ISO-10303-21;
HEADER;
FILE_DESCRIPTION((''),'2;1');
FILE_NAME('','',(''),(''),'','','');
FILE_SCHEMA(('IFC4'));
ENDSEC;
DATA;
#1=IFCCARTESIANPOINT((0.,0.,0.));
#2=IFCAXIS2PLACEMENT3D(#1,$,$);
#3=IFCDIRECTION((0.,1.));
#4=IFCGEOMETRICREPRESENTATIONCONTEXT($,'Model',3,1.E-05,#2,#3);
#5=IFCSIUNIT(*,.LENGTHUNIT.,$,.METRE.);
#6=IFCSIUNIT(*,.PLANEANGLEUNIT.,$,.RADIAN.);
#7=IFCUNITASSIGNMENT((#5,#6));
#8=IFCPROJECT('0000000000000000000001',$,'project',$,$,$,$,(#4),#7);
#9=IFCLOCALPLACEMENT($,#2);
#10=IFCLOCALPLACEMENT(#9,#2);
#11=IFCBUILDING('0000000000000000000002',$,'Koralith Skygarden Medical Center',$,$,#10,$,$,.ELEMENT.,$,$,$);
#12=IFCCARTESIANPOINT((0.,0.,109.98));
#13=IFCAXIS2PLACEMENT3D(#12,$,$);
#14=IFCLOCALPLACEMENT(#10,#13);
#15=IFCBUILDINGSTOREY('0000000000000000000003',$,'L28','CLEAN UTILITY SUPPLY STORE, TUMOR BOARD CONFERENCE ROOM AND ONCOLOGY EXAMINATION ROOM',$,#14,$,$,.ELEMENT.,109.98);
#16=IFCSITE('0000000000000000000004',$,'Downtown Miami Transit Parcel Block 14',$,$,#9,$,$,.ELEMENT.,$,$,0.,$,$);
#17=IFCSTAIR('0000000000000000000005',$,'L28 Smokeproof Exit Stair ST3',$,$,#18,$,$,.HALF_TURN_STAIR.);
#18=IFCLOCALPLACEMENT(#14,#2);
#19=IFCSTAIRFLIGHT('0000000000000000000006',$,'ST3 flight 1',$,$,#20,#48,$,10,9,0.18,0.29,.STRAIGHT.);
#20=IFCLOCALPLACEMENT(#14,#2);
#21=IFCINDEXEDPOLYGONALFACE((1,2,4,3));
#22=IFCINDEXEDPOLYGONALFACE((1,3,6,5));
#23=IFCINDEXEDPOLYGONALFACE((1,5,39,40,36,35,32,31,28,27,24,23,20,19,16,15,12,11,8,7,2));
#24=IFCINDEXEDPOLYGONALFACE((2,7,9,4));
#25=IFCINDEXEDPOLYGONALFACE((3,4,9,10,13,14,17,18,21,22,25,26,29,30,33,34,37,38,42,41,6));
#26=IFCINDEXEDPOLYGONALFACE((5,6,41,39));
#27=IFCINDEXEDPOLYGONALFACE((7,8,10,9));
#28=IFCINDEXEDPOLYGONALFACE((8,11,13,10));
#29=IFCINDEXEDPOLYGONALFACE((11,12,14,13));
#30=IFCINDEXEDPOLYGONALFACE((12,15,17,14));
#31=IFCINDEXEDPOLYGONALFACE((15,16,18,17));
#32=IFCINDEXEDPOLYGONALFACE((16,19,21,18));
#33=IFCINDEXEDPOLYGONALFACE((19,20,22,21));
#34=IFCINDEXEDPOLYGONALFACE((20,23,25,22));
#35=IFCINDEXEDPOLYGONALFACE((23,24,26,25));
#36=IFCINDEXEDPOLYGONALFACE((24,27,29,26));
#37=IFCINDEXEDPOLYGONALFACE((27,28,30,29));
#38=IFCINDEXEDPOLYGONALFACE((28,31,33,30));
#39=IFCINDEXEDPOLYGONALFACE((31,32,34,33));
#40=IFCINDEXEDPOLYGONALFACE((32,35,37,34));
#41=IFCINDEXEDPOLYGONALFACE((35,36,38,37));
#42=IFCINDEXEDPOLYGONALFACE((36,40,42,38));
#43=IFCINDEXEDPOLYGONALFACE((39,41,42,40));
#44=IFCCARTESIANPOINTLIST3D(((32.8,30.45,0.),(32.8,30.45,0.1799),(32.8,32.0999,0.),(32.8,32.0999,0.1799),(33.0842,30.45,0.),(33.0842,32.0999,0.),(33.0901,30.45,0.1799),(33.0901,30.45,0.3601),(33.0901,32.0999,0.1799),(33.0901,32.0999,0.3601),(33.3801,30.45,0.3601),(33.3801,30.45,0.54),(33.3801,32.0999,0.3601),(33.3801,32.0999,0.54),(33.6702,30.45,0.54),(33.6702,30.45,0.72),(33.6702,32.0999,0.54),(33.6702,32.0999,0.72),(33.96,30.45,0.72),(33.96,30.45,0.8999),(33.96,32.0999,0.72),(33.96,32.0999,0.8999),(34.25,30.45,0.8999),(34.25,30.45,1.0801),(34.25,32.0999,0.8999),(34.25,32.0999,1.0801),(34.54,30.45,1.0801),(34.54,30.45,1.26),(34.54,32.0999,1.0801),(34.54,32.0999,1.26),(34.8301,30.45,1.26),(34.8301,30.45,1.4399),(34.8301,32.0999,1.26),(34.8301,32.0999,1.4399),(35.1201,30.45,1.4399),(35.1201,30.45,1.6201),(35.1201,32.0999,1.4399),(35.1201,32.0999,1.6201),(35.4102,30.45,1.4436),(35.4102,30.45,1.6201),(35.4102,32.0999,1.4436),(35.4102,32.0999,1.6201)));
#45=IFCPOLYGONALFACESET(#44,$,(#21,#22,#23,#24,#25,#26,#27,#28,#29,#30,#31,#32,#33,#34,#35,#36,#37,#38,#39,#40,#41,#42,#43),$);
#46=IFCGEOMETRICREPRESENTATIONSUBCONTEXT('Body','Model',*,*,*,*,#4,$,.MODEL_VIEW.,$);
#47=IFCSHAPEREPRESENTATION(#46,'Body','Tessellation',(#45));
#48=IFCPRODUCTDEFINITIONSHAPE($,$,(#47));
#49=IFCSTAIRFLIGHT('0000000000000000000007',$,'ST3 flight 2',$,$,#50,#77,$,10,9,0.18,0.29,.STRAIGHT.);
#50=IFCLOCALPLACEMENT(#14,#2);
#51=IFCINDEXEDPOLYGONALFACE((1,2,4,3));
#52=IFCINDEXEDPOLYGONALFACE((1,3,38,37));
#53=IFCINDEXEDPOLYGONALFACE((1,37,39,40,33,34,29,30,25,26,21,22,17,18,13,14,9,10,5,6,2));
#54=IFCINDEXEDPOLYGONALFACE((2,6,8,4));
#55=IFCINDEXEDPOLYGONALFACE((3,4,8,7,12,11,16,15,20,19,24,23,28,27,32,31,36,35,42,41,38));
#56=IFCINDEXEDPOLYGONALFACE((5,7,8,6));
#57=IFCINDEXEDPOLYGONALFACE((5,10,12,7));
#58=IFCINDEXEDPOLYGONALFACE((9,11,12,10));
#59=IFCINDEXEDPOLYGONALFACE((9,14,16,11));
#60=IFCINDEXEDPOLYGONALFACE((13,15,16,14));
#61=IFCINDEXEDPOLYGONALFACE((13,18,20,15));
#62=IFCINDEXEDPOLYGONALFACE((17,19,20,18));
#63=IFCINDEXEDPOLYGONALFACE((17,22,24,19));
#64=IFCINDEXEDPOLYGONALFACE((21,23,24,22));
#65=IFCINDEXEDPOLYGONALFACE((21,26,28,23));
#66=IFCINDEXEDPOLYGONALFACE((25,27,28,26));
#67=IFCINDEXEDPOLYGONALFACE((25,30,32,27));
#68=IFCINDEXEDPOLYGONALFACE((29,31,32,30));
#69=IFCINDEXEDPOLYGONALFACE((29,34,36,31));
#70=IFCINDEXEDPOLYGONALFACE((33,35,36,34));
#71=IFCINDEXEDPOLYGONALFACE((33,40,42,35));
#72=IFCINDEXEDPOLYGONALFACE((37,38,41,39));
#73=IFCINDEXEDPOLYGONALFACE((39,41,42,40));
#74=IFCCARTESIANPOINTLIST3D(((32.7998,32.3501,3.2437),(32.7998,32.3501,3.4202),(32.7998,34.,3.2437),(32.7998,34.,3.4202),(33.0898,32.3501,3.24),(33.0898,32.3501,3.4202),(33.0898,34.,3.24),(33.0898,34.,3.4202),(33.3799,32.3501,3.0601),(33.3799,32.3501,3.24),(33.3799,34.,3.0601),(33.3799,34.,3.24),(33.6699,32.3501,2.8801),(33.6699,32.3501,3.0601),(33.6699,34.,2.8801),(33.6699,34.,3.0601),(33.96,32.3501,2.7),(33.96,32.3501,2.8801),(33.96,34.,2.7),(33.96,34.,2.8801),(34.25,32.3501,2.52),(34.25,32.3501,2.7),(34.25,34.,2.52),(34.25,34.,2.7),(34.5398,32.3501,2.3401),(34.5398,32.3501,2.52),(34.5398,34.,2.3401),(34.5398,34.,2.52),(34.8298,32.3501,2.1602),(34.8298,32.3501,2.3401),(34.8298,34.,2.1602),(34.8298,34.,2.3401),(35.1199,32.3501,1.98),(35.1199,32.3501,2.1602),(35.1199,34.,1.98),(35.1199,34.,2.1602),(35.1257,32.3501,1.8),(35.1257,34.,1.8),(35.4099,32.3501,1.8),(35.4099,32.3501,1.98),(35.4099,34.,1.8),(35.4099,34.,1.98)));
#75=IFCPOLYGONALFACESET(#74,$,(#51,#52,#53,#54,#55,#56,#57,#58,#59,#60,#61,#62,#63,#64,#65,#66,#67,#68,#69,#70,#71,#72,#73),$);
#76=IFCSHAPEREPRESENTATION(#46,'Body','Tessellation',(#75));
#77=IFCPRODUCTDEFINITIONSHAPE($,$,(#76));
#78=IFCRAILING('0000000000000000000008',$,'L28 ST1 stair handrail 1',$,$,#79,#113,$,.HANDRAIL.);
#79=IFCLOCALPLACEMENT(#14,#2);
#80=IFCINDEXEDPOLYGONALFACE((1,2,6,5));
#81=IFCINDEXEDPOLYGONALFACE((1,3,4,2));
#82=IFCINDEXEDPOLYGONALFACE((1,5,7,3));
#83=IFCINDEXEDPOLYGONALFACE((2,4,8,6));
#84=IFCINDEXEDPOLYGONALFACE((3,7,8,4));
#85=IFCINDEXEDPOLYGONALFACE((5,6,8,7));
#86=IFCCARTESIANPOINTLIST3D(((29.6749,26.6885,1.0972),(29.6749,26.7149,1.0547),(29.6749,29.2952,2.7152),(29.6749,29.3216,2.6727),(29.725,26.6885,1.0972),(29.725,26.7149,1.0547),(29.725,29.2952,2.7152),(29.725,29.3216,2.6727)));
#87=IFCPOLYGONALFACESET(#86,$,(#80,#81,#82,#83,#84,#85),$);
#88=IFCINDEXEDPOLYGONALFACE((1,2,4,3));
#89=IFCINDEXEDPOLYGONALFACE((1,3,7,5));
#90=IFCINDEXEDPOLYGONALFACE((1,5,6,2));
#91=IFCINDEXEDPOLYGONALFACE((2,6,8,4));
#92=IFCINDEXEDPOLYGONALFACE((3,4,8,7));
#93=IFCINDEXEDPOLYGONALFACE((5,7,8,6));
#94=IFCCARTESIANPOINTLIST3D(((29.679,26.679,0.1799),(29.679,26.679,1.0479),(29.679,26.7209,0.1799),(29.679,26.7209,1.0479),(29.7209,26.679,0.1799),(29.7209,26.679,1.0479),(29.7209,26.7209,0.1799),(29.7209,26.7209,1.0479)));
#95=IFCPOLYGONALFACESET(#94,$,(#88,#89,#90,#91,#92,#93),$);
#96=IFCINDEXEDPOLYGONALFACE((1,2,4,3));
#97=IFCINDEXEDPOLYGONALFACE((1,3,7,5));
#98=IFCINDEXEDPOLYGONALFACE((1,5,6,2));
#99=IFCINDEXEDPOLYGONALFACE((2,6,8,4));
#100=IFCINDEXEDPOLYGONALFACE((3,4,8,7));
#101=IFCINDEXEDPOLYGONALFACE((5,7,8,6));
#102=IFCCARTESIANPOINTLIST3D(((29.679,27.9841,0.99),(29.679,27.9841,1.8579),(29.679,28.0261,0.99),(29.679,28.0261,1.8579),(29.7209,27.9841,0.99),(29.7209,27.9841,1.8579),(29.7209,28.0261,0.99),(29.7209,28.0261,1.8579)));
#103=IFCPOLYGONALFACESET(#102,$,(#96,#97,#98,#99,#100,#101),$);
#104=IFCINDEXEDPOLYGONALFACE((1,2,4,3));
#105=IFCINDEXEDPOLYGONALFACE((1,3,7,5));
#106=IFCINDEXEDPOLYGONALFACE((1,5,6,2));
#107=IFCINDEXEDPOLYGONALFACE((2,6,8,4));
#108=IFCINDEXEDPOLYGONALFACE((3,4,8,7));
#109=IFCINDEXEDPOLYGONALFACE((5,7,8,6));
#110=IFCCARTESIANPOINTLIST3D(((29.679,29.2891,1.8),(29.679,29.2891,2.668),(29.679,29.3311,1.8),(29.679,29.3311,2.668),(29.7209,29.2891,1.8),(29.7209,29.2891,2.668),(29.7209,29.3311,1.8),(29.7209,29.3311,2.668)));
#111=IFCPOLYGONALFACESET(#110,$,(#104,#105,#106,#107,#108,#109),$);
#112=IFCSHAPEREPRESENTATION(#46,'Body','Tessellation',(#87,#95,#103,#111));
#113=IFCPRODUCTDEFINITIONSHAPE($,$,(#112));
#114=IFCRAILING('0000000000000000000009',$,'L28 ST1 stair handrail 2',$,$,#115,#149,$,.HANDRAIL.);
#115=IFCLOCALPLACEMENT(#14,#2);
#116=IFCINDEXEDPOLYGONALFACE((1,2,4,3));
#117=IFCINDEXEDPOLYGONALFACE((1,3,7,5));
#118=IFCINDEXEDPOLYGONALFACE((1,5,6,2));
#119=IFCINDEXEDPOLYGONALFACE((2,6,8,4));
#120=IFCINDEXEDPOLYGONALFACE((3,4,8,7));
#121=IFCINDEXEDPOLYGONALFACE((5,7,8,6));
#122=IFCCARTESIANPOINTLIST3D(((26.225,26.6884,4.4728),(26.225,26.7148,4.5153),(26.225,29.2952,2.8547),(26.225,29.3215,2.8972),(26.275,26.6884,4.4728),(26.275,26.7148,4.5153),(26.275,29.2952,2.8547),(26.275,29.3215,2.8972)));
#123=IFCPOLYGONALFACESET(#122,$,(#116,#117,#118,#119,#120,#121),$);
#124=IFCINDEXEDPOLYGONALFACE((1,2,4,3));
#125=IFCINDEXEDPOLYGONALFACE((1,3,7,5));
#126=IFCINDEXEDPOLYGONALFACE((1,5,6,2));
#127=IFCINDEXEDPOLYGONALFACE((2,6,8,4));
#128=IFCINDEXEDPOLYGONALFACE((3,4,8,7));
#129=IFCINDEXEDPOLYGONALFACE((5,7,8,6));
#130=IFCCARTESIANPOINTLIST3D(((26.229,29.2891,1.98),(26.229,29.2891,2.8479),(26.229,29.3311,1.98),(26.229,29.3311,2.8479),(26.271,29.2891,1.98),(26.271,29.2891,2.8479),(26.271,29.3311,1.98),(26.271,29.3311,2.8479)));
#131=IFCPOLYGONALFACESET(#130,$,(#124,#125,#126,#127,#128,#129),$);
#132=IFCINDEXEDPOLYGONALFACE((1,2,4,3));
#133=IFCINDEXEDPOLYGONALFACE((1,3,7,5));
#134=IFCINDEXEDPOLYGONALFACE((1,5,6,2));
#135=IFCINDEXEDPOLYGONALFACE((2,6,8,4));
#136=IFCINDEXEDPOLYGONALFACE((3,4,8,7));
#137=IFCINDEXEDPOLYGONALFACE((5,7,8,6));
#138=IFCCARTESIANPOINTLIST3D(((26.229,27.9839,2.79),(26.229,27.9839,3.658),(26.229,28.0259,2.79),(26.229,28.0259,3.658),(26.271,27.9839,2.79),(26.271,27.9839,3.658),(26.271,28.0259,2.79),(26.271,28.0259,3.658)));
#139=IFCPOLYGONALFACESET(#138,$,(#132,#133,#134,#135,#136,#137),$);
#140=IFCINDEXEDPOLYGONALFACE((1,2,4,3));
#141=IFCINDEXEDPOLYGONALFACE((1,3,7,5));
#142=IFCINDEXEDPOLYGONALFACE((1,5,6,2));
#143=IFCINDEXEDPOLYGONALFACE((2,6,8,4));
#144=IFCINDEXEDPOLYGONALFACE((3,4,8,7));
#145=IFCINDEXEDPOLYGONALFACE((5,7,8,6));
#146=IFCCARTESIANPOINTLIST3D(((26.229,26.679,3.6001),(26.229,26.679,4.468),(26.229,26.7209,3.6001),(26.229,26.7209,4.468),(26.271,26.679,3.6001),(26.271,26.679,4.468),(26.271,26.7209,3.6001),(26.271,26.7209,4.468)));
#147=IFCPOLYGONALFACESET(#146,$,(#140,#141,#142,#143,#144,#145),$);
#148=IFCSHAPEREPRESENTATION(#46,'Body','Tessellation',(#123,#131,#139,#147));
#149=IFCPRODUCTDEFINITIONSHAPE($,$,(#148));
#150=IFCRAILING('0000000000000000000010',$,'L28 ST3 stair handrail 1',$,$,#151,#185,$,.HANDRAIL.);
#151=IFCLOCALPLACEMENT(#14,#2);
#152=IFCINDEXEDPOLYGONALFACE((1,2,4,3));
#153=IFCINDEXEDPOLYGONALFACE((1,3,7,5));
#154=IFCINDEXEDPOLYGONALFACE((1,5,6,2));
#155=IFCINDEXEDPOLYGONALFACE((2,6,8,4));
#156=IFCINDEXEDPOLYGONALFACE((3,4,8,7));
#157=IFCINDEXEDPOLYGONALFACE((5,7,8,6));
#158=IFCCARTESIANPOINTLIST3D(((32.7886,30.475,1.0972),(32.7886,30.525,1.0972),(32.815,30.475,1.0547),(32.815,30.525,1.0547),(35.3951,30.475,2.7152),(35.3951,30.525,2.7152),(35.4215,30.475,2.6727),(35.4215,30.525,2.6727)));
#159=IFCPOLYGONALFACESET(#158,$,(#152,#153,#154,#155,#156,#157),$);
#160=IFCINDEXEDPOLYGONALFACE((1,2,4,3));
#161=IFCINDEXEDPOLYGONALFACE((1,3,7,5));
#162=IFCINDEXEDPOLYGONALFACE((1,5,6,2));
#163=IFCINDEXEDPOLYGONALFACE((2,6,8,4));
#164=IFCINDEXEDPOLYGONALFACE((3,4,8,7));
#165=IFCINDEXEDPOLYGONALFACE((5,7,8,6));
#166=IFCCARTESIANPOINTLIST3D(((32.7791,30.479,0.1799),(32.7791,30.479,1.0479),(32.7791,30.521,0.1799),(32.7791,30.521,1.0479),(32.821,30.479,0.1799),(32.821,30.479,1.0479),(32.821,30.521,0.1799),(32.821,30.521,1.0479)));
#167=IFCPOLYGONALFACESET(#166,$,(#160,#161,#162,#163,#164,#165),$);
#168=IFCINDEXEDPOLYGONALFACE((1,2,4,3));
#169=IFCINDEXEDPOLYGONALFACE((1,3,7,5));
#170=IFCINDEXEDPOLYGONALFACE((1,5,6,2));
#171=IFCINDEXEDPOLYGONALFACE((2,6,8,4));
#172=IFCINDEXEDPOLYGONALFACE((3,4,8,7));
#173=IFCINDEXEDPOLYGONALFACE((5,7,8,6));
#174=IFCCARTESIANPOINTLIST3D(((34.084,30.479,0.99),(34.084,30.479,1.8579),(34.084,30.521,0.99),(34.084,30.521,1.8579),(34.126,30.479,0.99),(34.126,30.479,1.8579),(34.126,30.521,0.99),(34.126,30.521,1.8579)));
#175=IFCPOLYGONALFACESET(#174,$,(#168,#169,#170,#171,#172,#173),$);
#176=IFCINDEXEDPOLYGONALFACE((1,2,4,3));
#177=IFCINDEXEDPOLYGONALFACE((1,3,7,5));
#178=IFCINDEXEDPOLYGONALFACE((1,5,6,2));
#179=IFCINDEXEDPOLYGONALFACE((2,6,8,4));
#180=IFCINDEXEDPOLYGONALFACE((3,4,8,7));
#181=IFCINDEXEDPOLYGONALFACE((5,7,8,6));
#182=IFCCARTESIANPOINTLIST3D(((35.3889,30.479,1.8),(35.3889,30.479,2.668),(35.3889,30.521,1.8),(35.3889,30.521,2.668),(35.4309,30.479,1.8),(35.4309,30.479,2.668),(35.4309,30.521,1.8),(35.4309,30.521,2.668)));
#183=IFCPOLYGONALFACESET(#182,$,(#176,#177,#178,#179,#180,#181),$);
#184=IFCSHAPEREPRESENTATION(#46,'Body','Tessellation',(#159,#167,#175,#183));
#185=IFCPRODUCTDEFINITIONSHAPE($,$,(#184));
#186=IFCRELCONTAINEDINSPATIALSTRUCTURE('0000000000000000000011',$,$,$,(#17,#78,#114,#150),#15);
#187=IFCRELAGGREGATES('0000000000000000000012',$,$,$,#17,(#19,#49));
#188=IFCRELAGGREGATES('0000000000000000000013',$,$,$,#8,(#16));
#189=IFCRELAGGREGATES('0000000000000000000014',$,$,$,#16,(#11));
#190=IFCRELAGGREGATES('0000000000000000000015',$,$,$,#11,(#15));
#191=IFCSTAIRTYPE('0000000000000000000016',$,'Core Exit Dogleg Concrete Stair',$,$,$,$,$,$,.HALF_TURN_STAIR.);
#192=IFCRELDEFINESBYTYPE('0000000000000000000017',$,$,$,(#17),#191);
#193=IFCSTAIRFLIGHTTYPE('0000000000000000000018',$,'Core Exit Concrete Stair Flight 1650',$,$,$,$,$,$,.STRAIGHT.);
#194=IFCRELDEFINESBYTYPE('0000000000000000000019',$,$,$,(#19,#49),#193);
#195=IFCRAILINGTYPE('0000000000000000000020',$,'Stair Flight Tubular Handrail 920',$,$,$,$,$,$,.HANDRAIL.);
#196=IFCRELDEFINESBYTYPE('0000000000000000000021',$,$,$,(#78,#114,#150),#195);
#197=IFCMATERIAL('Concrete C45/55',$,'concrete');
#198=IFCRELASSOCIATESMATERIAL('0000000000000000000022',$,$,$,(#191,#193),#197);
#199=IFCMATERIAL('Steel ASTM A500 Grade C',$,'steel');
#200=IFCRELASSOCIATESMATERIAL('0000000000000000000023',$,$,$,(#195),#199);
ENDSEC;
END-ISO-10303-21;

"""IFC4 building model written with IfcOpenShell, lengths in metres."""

from ifc_helpers import new_model, si_unit, direction, frame, origin, origin_2d, place, context, subcontext, project, spatial, polyline, rectangle, outline, extrude, material, type_object, element, aggregate, save


model = new_model("IFC4")

# Units and contexts
model_context = context("Model", 3, precision=1e-05, world=origin(), true_north=direction((0.0, 1.0)))
body_context = subcontext(model_context, "Body", "Model", "MODEL_VIEW")
ifc_project = project(units=[si_unit("LENGTHUNIT", "METRE"), si_unit("PLANEANGLEUNIT", "RADIAN")], contexts=[model_context])

# Site, building, storey
site_placement = place(None, origin())
site = spatial("IfcSite", under=ifc_project, at=site_placement, Name="Downtown Miami Transit Parcel Block 14", CompositionType="ELEMENT", RefElevation=0.0)
building_placement = place(site_placement, origin())
building = spatial("IfcBuilding", under=site, at=building_placement, Name="Koralith Skygarden Medical Center", CompositionType="ELEMENT")
storey_placement = place(building_placement, frame((0.0, 0.0, 109.98)))
storey = spatial("IfcBuildingStorey", under=building, at=storey_placement, Name="L28", Description="CLEAN UTILITY SUPPLY STORE, TUMOR BOARD CONFERENCE ROOM AND ONCOLOGY EXAMINATION ROOM", CompositionType="ELEMENT", Elevation=109.98)

# Shared definitions
ifc_material_1 = material(Name="Concrete C45/55", Category="concrete")

# Stair, stair flights
stair_type = type_object("IfcStairType", Name="Core Exit Dogleg Concrete Stair", PredefinedType="HALF_TURN_STAIR", material=ifc_material_1)
stair_flight_type = type_object("IfcStairFlightType", Name="Core Exit Concrete Stair Flight 1650", PredefinedType="STRAIGHT", material=ifc_material_1)
stair_1_placement = place(storey_placement, origin())
stair_1 = element("IfcStair", 1, at=stair_1_placement, inside=storey, type_object=stair_type, Name="L28 Smokeproof Exit Stair ST3", PredefinedType="HALF_TURN_STAIR")
stair_flight_1_placement = place(storey_placement, frame((32.8, 31.2749, 0.0), z_axis=(0.0, 0.0, 1.0), x_axis=(1.0, 0.0, 0.0)))
stair_flight_1 = element("IfcStairFlight", 2, at=stair_flight_1_placement, type_object=stair_flight_type, Name="ST3 flight 1", NumberOfRisers=10, NumberOfTreads=9, PredefinedType="STRAIGHT", RiserHeight=0.18, TreadLength=0.29, context=body_context, shape_type="SweptSolid", body=[
    extrude(outline(polyline([(0.0, 0.0), (0.0, 0.1799), (0.29, 0.1799), (0.29, 0.3601), (0.5801, 0.3601), (0.5801, 0.54), (0.8701, 0.54), (0.8701, 0.72), (1.1599, 0.72), (1.1599, 0.8999), (1.45, 0.8999), (1.45, 1.0801), (1.74, 1.0801), (1.74, 1.26), (2.03, 1.26), (2.03, 1.4399), (2.3201, 1.4399), (2.3201, 1.6201), (2.6101, 1.6201), (2.6101, 1.8), (2.6101, 1.4436), (0.2842, 0.0), (0.0, 0.0)])), frame((0.0, 0.825, 0.0), z_axis=(0.0, -1.0, 0.0), x_axis=(1.0, 0.0, 0.0)), (0.0, 0.0, 1.0), 1.6499),
])
stair_flight_2_placement = place(storey_placement, frame((35.4099, 33.175, 1.8), z_axis=(0.0, 0.0, 1.0), x_axis=(-1.0, 0.0, 0.0)))
stair_flight_2 = element("IfcStairFlight", 3, at=stair_flight_2_placement, type_object=stair_flight_type, Name="ST3 flight 2", NumberOfRisers=10, NumberOfTreads=9, PredefinedType="STRAIGHT", RiserHeight=0.18, TreadLength=0.29, context=body_context, shape_type="SweptSolid", body=[
    extrude(outline(polyline([(0.0, 0.0), (0.0, 0.1799), (0.29, 0.1799), (0.29, 0.3601), (0.5801, 0.3601), (0.5801, 0.54), (0.8701, 0.54), (0.8701, 0.72), (1.1599, 0.72), (1.1599, 0.8999), (1.45, 0.8999), (1.45, 1.0801), (1.74, 1.0801), (1.74, 1.26), (2.03, 1.26), (2.03, 1.4399), (2.3201, 1.4399), (2.3201, 1.6201), (2.6101, 1.6201), (2.6101, 1.8), (2.6101, 1.4436), (0.2842, 0.0), (0.0, 0.0)])), frame((0.0, 0.825, 0.0), z_axis=(0.0, -1.0, 0.0), x_axis=(1.0, 0.0, 0.0)), (0.0, 0.0, 1.0), 1.6499),
])
aggregate(stair_1, [stair_flight_1, stair_flight_2])

# Railings
ifc_material_2 = material(Name="Steel ASTM A500 Grade C", Category="steel")
railing_type_1 = type_object("IfcRailingType", Name="Stair Flight Tubular Handrail 920", PredefinedType="HANDRAIL", material=ifc_material_2)
railing_1_placement = place(storey_placement, frame((29.7, 26.7, 0.1799)))
element("IfcRailing", 4, at=railing_1_placement, inside=storey, type_object=railing_type_1, Name="L28 ST1 stair handrail 1", PredefinedType="HANDRAIL", context=body_context, shape_type="SweptSolid", body=[
    extrude(rectangle(XDim=0.05, YDim=0.05, at=origin_2d()), frame((0.0, 0.0017, 0.896), z_axis=(0.0, 0.849633, 0.527375), x_axis=(-1.0, 0.0, 0.0)), (0.0, 0.0, 1.0), 3.0681),
    extrude(rectangle(XDim=0.042, YDim=0.042, at=origin_2d()), origin(), (0.0, 0.0, 1.0), 0.8679),
    extrude(rectangle(XDim=0.042, YDim=0.042, at=origin_2d()), frame((0.0, 1.3052, 0.8101)), (0.0, 0.0, 1.0), 0.8679),
    extrude(rectangle(XDim=0.042, YDim=0.042, at=origin_2d()), frame((0.0, 2.6101, 1.6201)), (0.0, 0.0, 1.0), 0.8679),
])
railing_2_placement = place(storey_placement, frame((26.25, 29.3101, 1.98)))
element("IfcRailing", 5, at=railing_2_placement, inside=storey, type_object=railing_type_1, Name="L28 ST1 stair handrail 2", PredefinedType="HANDRAIL", context=body_context, shape_type="SweptSolid", body=[
    extrude(rectangle(XDim=0.05, YDim=0.05, at=origin_2d()), frame((0.0, -0.0017, 0.896), z_axis=(0.0, -0.849633, 0.527375), x_axis=(1.0, 0.0, 0.0)), (0.0, 0.0, 1.0), 3.0681),
    extrude(rectangle(XDim=0.042, YDim=0.042, at=origin_2d()), origin(), (0.0, 0.0, 1.0), 0.8679),
    extrude(rectangle(XDim=0.042, YDim=0.042, at=origin_2d()), frame((0.0, -1.3052, 0.8101)), (0.0, 0.0, 1.0), 0.8679),
    extrude(rectangle(XDim=0.042, YDim=0.042, at=origin_2d()), frame((0.0, -2.6101, 1.6201)), (0.0, 0.0, 1.0), 0.8679),
])
railing_3_placement = place(storey_placement, frame((32.8, 30.5, 0.1799)))
element("IfcRailing", 6, at=railing_3_placement, inside=storey, type_object=railing_type_1, Name="L28 ST3 stair handrail 1", PredefinedType="HANDRAIL", context=body_context, shape_type="SweptSolid", body=[
    extrude(rectangle(XDim=0.05, YDim=0.05, at=origin_2d()), frame((0.0017, 0.0, 0.896), z_axis=(0.849611, 0.0, 0.52741), x_axis=(0.0, 1.0, 0.0)), (0.0, 0.0, 1.0), 3.0679),
    extrude(rectangle(XDim=0.042, YDim=0.042, at=origin_2d()), origin(), (0.0, 0.0, 1.0), 0.8679),
    extrude(rectangle(XDim=0.042, YDim=0.042, at=origin_2d()), frame((1.3049, 0.0, 0.8101)), (0.0, 0.0, 1.0), 0.8679),
    extrude(rectangle(XDim=0.042, YDim=0.042, at=origin_2d()), frame((2.6099, 0.0, 1.6201)), (0.0, 0.0, 1.0), 0.8679),
])

save(model, "model.ifc")
